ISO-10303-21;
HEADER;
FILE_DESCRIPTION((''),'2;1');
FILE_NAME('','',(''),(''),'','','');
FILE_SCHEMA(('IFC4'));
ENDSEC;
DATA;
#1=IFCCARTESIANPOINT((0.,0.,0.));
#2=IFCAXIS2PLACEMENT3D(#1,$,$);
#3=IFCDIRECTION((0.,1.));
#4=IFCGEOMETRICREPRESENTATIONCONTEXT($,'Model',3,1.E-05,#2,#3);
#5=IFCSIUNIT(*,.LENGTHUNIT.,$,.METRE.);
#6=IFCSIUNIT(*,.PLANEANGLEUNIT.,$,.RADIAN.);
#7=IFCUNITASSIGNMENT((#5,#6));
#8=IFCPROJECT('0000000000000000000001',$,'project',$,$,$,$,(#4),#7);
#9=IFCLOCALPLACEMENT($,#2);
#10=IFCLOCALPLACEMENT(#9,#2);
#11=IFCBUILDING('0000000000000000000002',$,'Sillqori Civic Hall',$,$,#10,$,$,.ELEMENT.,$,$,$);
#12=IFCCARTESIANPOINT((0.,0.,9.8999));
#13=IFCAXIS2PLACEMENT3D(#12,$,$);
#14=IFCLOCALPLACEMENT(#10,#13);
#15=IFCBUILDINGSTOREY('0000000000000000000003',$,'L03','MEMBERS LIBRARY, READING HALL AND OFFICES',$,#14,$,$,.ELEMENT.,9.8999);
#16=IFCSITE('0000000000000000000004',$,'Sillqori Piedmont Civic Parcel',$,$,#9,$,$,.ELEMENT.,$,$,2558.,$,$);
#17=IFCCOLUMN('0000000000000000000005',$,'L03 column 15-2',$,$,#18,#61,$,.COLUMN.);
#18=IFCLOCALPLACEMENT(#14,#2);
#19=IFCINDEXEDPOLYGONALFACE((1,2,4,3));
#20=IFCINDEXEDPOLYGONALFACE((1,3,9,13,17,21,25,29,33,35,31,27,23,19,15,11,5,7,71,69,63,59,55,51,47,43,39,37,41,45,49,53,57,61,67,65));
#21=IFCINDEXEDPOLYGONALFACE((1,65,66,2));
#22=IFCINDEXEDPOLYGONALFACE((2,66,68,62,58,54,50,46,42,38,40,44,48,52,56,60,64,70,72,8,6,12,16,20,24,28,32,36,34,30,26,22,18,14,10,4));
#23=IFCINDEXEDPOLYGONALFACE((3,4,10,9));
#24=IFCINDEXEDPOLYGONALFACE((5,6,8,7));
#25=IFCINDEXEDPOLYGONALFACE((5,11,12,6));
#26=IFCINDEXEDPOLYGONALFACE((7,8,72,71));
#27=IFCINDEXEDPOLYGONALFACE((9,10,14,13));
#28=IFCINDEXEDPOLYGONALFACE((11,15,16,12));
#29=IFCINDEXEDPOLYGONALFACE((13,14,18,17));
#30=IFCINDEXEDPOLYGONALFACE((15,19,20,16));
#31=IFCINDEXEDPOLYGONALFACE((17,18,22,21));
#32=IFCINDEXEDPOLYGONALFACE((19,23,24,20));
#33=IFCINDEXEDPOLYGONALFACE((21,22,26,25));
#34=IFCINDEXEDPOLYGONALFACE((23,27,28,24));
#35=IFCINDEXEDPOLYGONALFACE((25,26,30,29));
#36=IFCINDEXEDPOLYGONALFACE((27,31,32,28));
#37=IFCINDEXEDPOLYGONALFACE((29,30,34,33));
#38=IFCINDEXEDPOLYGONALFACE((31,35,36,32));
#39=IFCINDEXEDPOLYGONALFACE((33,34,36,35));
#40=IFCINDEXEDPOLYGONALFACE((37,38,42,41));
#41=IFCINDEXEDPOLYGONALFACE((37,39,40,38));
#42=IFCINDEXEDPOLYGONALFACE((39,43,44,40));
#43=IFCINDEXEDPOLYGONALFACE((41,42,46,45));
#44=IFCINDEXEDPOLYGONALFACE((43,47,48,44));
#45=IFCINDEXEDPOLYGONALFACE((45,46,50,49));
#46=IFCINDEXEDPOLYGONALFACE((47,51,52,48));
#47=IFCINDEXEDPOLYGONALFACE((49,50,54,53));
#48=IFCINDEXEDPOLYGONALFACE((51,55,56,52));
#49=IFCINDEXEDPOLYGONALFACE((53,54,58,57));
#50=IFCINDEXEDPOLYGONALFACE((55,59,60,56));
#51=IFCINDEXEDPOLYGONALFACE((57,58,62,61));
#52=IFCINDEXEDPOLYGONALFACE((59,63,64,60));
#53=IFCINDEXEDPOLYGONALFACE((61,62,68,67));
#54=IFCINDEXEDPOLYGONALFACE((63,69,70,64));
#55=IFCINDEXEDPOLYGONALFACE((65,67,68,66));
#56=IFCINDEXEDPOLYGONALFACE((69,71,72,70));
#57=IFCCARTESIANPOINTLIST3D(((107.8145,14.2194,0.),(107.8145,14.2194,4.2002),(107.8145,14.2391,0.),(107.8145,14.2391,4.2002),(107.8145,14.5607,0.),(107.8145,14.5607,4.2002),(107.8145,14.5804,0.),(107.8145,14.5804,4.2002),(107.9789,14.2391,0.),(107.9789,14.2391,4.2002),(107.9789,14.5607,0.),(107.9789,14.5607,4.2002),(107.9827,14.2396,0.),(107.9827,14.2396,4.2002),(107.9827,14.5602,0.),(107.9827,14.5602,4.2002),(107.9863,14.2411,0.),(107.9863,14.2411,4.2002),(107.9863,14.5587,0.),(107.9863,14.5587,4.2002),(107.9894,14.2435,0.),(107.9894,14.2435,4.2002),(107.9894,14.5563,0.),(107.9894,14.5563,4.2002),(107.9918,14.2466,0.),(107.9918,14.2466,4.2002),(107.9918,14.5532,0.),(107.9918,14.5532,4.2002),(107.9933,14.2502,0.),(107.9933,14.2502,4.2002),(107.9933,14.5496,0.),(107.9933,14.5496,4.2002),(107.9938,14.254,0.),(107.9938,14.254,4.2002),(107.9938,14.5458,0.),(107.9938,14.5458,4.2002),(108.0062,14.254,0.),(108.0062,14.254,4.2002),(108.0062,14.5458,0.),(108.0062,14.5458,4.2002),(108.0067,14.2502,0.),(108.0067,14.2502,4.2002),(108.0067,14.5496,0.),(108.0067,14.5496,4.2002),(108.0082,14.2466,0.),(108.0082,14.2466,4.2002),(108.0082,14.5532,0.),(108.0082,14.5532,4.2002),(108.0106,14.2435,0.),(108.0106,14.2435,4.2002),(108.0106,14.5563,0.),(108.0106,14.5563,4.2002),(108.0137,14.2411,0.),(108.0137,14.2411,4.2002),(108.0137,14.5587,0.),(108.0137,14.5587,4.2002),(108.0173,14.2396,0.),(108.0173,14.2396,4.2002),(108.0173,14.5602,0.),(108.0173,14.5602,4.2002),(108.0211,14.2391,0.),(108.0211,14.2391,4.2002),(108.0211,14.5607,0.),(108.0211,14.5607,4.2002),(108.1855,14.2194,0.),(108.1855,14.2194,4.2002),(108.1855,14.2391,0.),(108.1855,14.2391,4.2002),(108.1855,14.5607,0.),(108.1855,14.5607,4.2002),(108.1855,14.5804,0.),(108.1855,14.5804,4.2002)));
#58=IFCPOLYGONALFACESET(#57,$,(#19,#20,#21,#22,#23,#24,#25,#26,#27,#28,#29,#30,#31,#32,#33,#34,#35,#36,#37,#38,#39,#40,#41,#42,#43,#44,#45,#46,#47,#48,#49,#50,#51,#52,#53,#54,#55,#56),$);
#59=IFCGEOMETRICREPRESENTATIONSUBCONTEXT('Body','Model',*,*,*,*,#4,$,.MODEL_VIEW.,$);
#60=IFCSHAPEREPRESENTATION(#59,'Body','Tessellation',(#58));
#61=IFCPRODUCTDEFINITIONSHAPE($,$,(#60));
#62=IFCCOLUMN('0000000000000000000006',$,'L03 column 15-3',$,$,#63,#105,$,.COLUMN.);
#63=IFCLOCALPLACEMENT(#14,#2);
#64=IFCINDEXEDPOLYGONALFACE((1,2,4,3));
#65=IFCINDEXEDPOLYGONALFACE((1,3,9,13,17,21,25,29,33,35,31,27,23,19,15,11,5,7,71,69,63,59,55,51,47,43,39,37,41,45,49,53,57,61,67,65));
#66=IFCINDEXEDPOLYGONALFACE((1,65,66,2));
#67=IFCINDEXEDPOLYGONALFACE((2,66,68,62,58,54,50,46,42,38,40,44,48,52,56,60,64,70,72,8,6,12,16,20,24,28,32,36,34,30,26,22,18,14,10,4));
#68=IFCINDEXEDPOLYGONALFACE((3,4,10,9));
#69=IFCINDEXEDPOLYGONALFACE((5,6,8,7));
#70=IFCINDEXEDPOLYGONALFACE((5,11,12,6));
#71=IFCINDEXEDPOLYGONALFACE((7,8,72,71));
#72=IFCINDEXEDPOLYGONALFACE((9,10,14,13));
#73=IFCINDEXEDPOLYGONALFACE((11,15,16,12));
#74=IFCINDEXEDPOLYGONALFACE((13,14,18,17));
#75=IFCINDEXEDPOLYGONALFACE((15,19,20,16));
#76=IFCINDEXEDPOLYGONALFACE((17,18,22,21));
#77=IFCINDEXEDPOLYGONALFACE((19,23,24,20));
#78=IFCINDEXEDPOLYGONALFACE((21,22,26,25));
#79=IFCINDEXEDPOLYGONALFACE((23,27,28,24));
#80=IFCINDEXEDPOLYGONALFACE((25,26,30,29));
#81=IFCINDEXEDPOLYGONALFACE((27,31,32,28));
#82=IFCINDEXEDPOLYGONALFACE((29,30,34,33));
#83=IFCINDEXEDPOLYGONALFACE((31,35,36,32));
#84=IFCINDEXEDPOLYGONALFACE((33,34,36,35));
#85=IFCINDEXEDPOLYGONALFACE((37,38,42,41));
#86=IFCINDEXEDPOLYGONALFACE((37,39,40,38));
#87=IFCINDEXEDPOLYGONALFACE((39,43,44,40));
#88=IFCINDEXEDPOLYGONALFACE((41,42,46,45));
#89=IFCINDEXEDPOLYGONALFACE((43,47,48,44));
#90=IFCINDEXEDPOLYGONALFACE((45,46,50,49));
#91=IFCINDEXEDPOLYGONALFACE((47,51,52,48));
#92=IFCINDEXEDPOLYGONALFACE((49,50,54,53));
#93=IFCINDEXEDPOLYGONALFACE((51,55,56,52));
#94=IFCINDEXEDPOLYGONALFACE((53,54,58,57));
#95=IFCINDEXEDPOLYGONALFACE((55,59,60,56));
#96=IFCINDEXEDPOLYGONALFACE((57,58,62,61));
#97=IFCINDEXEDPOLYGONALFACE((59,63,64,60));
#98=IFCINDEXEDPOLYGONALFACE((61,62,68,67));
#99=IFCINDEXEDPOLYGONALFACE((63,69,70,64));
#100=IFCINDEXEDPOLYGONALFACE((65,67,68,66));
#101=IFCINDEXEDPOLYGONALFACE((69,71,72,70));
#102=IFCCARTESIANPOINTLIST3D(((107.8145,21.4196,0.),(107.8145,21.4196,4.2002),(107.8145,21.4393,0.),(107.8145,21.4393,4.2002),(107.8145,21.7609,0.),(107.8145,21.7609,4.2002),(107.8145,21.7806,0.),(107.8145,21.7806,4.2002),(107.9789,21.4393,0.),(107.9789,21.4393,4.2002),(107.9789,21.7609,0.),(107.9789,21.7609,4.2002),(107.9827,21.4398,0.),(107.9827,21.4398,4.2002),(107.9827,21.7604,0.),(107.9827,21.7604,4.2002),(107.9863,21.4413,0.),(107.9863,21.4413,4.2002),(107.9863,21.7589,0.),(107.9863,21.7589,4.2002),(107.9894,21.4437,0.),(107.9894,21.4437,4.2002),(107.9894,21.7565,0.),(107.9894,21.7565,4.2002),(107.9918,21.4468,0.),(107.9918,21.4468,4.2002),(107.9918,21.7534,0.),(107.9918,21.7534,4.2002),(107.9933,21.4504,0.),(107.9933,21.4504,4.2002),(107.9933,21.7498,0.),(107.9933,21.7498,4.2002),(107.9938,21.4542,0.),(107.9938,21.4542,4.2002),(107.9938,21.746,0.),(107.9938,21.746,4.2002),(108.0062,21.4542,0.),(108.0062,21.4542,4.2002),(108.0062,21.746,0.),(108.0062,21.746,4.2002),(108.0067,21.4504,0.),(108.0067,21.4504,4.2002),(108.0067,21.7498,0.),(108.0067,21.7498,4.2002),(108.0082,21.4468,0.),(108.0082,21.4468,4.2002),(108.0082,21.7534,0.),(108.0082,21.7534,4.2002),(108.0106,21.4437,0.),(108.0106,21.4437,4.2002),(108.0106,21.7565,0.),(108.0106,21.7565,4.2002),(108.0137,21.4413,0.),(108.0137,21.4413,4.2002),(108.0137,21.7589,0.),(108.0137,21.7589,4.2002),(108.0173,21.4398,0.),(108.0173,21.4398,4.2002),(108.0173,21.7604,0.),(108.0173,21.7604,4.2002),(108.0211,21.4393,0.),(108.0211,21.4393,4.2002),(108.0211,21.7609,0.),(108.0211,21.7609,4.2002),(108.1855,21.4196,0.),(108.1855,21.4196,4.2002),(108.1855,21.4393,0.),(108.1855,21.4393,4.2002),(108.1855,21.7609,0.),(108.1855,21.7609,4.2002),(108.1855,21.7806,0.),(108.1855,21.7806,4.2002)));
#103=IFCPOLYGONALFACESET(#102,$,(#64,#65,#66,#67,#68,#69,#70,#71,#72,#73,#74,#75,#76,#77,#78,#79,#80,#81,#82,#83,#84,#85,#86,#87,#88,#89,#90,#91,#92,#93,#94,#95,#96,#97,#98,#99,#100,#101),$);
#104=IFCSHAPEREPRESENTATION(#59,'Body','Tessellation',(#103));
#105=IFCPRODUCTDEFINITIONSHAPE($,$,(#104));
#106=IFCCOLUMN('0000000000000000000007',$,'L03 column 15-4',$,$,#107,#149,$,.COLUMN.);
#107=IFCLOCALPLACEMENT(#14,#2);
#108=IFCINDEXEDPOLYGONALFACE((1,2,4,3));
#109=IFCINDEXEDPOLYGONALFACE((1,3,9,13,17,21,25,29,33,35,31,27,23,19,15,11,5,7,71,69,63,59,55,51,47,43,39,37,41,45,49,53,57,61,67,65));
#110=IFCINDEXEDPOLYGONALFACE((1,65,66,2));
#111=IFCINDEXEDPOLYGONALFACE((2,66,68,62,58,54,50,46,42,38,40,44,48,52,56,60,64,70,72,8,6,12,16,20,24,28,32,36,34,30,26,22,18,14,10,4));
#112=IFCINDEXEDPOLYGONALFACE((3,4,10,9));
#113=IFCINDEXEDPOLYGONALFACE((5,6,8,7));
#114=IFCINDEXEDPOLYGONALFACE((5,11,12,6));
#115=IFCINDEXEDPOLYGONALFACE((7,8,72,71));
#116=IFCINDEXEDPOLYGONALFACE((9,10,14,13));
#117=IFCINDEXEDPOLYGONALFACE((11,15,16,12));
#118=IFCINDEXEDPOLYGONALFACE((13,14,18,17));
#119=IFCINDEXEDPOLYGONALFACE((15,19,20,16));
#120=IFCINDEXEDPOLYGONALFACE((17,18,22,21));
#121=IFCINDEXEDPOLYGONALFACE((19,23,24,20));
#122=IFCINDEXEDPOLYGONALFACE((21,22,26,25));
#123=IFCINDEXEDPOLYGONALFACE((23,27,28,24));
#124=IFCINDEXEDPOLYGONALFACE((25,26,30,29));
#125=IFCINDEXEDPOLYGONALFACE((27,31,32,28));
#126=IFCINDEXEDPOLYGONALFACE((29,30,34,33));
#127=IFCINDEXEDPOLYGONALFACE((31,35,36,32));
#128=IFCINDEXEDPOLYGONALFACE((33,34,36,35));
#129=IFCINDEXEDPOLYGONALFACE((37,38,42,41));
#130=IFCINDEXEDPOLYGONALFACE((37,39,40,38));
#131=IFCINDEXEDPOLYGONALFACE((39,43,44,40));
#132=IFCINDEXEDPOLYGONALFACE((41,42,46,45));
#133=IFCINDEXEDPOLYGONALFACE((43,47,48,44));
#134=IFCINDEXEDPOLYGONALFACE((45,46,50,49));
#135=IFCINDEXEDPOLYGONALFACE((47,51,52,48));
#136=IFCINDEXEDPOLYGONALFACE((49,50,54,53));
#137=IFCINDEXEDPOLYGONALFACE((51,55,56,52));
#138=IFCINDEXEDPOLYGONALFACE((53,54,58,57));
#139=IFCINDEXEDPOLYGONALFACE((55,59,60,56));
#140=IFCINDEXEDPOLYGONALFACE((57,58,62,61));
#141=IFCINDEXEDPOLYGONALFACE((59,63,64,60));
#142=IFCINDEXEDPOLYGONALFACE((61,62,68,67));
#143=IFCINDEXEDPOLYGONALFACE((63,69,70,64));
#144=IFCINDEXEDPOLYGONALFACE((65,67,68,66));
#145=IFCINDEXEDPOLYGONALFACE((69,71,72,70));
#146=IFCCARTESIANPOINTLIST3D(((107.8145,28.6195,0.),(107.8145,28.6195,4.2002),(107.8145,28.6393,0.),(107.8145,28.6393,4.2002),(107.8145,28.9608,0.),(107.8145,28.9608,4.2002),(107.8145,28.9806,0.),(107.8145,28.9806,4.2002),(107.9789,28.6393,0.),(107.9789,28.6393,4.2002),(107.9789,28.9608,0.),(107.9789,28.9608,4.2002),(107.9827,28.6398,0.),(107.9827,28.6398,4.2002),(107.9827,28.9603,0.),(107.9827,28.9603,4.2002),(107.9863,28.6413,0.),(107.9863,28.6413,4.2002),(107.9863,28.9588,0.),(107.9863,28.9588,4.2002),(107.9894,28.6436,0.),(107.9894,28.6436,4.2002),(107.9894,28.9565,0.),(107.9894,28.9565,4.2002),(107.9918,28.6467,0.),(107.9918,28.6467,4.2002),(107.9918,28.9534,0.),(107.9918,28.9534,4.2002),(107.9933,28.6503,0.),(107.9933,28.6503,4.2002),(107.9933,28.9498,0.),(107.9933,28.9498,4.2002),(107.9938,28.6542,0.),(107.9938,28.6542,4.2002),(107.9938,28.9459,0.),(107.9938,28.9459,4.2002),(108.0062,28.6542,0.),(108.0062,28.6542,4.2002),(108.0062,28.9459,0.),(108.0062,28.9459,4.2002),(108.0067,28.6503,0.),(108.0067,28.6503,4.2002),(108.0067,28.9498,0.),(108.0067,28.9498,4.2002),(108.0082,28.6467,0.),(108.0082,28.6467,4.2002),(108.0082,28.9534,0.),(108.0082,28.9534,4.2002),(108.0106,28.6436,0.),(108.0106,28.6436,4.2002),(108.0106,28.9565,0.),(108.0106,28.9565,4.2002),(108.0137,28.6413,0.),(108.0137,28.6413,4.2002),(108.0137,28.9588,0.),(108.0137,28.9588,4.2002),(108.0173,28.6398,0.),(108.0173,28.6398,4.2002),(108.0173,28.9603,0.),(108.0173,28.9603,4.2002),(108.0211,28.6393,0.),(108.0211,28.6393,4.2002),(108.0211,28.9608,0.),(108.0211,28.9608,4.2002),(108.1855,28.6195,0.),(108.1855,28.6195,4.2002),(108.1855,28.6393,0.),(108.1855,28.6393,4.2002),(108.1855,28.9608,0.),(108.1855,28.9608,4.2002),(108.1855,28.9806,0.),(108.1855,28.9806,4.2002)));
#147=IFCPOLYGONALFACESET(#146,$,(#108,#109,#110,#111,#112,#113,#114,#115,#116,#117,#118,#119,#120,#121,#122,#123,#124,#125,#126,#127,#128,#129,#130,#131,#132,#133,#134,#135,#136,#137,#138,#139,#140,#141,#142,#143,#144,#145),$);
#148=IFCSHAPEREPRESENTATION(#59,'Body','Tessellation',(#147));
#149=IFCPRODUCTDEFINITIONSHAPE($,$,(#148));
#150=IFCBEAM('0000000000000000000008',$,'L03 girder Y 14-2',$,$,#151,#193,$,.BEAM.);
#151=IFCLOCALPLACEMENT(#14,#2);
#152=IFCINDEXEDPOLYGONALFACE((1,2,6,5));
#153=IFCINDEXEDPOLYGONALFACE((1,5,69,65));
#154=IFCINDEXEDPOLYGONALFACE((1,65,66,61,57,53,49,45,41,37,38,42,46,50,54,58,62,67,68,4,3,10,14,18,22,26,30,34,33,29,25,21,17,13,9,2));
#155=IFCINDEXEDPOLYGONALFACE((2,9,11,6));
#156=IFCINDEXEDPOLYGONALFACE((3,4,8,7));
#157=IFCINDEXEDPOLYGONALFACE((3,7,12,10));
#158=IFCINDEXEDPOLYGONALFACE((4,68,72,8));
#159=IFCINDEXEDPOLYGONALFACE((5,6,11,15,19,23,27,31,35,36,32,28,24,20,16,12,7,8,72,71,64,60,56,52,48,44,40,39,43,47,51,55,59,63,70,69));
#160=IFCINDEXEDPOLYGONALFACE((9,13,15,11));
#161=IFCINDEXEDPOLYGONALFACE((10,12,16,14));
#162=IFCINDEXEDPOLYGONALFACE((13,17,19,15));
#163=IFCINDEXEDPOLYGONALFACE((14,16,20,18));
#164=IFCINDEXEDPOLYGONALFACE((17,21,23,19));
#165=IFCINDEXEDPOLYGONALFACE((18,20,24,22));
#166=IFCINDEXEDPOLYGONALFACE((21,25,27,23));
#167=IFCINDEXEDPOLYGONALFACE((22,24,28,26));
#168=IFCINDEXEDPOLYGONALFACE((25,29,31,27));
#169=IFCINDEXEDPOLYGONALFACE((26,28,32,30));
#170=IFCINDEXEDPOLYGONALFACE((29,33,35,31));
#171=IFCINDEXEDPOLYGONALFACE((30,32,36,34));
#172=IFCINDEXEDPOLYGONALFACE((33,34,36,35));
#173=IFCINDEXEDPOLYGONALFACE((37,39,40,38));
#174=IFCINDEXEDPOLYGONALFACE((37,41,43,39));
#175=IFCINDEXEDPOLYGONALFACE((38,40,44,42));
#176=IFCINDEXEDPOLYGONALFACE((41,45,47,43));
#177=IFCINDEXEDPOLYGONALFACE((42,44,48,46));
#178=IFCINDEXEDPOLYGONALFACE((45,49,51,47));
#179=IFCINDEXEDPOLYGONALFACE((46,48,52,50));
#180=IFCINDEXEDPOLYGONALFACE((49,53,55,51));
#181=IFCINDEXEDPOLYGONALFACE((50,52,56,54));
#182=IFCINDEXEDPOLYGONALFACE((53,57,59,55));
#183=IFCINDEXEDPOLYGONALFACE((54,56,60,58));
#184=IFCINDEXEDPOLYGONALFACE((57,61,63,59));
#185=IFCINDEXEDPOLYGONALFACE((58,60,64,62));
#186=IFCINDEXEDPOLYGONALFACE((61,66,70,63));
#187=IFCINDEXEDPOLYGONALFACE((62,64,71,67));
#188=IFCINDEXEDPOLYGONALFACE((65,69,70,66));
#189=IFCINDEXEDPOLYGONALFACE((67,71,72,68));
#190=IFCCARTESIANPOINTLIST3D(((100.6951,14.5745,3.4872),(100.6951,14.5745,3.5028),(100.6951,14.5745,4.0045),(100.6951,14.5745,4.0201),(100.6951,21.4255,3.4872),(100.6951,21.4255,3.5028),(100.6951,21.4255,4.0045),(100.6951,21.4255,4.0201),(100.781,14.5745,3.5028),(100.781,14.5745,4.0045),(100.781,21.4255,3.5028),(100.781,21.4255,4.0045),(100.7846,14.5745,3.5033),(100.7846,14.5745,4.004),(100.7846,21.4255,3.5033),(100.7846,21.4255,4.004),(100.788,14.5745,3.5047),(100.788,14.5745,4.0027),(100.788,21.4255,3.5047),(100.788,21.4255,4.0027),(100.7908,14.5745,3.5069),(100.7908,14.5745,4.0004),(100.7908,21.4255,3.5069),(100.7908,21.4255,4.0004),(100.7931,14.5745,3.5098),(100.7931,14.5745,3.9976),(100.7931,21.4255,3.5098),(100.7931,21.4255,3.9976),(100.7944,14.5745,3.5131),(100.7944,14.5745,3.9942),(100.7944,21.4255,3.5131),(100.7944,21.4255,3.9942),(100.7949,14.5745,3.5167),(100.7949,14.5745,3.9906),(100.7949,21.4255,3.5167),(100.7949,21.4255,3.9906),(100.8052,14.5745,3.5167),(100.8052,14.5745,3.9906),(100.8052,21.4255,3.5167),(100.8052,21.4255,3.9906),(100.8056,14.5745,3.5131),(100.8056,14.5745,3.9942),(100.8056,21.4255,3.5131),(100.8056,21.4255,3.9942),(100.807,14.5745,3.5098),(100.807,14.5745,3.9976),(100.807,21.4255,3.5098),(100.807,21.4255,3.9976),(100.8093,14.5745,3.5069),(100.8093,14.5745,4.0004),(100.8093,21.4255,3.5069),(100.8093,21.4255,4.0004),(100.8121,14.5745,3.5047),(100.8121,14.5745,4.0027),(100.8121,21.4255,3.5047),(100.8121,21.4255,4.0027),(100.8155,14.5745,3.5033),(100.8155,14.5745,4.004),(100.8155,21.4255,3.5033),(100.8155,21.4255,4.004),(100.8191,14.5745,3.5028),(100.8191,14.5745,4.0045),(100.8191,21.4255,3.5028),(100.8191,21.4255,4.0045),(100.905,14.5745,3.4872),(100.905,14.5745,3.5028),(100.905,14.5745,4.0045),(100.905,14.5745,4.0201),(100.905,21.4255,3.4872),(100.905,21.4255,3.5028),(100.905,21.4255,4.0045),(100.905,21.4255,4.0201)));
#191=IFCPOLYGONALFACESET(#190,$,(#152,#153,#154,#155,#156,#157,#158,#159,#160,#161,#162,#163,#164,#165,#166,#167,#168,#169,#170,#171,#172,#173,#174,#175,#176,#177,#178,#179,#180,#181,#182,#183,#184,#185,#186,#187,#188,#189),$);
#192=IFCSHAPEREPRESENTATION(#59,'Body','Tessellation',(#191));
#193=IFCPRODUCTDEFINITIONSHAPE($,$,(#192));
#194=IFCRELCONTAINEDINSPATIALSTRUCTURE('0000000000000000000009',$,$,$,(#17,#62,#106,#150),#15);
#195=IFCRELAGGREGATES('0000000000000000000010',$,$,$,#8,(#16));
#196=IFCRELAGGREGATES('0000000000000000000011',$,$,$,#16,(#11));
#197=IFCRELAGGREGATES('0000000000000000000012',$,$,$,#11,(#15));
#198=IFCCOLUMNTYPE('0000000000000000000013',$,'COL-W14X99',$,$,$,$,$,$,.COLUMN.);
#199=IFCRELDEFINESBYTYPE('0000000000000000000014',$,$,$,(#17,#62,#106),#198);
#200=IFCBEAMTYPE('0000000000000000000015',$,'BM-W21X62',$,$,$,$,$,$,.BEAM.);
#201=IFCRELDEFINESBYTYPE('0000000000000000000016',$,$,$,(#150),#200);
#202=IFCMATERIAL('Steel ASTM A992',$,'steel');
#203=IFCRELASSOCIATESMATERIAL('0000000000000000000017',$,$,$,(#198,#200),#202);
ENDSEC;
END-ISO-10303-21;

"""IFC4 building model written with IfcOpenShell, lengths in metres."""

from ifc_helpers import new_model, si_unit, direction, frame, origin, origin_2d, place, context, subcontext, project, spatial, i_section, extrude, material, material_profile, profile_set, type_object, element, save


model = new_model("IFC4")

# Units and contexts
model_context = context("Model", 3, precision=1e-05, world=origin(), true_north=direction((0.0, 1.0)))
body_context = subcontext(model_context, "Body", "Model", "MODEL_VIEW")
ifc_project = project(units=[si_unit("LENGTHUNIT", "METRE"), si_unit("PLANEANGLEUNIT", "RADIAN")], contexts=[model_context])

# Site, building, storey
site_placement = place(None, origin())
site = spatial("IfcSite", under=ifc_project, at=site_placement, Name="Sillqori Piedmont Civic Parcel", CompositionType="ELEMENT", RefElevation=2558.0)
building_placement = place(site_placement, origin())
building = spatial("IfcBuilding", under=site, at=building_placement, Name="Sillqori Civic Hall", CompositionType="ELEMENT")
storey_placement = place(building_placement, frame((0.0, 0.0, 9.8999)))
storey = spatial("IfcBuildingStorey", under=building, at=storey_placement, Name="L03", Description="MEMBERS LIBRARY, READING HALL AND OFFICES", CompositionType="ELEMENT", Elevation=9.8999)

# Columns
ifc_material_1 = material(Name="Steel ASTM A992", Category="steel")
ifc_material_profile_1 = material_profile(ifc_material_1, i_section(OverallWidth=0.3711, OverallDepth=0.3611, WebThickness=0.0125, FlangeThickness=0.0198, FilletRadius=0.0149, at=origin_2d()), Name="W14X99")
ifc_profile_set_1 = profile_set([ifc_material_profile_1], Name="Steel ASTM A992")
column_type_1 = type_object("IfcColumnType", Name="COL-W14X99", PredefinedType="COLUMN", material=ifc_profile_set_1)
for number, where, z_axis, x_axis, name in (
    (1, (108.0, 14.3999, 0.0), (0.0, 0.0, 1.0), (1.0, 0.0, 0.0), "L03 column 15-2"),
    (2, (108.0, 21.6001, 0.0), (0.0, 0.0, 1.0), (1.0, 0.0, 0.0), "L03 column 15-3"),
    (3, (108.0, 28.8, 0.0), (0.0, 0.0, 1.0), (1.0, 0.0, 0.0), "L03 column 15-4"),
):
    element("IfcColumn", number, at=place(storey_placement, frame(where, z_axis=z_axis, x_axis=x_axis)), inside=storey, type_object=column_type_1, Name=name, PredefinedType="COLUMN", context=body_context, shape_type="SweptSolid", body=[
        extrude(i_section(OverallWidth=0.3711, OverallDepth=0.3611, WebThickness=0.0125, FlangeThickness=0.0198, FilletRadius=0.0149, at=origin_2d()), origin(), (0.0, 0.0, 1.0), 4.2002),
    ])

# Beam
ifc_material_profile_2 = material_profile(ifc_material_1, i_section(OverallWidth=0.21, OverallDepth=0.533, WebThickness=0.0103, FlangeThickness=0.0156, FilletRadius=0.0139, at=origin_2d()), Name="W21X62")
ifc_profile_set_2 = profile_set([ifc_material_profile_2], Name="Steel ASTM A992")
beam_type_1 = type_object("IfcBeamType", Name="BM-W21X62", PredefinedType="BEAM", material=ifc_profile_set_2)
for number, where, z_axis, x_axis, name in (
    (4, (100.8, 14.5745, 3.7537), (0.0, 1.0, 0.0), (-1.0, 0.0, 0.0), "L03 girder Y 14-2"),
):
    element("IfcBeam", number, at=place(storey_placement, frame(where, z_axis=z_axis, x_axis=x_axis)), inside=storey, type_object=beam_type_1, Name=name, PredefinedType="BEAM", context=body_context, shape_type="SweptSolid", body=[
        extrude(i_section(OverallWidth=0.21, OverallDepth=0.533, WebThickness=0.0103, FlangeThickness=0.0156, FilletRadius=0.0139, at=origin_2d()), origin(), (0.0, 0.0, 1.0), 6.8511),
    ])

save(model, "model.ifc")
